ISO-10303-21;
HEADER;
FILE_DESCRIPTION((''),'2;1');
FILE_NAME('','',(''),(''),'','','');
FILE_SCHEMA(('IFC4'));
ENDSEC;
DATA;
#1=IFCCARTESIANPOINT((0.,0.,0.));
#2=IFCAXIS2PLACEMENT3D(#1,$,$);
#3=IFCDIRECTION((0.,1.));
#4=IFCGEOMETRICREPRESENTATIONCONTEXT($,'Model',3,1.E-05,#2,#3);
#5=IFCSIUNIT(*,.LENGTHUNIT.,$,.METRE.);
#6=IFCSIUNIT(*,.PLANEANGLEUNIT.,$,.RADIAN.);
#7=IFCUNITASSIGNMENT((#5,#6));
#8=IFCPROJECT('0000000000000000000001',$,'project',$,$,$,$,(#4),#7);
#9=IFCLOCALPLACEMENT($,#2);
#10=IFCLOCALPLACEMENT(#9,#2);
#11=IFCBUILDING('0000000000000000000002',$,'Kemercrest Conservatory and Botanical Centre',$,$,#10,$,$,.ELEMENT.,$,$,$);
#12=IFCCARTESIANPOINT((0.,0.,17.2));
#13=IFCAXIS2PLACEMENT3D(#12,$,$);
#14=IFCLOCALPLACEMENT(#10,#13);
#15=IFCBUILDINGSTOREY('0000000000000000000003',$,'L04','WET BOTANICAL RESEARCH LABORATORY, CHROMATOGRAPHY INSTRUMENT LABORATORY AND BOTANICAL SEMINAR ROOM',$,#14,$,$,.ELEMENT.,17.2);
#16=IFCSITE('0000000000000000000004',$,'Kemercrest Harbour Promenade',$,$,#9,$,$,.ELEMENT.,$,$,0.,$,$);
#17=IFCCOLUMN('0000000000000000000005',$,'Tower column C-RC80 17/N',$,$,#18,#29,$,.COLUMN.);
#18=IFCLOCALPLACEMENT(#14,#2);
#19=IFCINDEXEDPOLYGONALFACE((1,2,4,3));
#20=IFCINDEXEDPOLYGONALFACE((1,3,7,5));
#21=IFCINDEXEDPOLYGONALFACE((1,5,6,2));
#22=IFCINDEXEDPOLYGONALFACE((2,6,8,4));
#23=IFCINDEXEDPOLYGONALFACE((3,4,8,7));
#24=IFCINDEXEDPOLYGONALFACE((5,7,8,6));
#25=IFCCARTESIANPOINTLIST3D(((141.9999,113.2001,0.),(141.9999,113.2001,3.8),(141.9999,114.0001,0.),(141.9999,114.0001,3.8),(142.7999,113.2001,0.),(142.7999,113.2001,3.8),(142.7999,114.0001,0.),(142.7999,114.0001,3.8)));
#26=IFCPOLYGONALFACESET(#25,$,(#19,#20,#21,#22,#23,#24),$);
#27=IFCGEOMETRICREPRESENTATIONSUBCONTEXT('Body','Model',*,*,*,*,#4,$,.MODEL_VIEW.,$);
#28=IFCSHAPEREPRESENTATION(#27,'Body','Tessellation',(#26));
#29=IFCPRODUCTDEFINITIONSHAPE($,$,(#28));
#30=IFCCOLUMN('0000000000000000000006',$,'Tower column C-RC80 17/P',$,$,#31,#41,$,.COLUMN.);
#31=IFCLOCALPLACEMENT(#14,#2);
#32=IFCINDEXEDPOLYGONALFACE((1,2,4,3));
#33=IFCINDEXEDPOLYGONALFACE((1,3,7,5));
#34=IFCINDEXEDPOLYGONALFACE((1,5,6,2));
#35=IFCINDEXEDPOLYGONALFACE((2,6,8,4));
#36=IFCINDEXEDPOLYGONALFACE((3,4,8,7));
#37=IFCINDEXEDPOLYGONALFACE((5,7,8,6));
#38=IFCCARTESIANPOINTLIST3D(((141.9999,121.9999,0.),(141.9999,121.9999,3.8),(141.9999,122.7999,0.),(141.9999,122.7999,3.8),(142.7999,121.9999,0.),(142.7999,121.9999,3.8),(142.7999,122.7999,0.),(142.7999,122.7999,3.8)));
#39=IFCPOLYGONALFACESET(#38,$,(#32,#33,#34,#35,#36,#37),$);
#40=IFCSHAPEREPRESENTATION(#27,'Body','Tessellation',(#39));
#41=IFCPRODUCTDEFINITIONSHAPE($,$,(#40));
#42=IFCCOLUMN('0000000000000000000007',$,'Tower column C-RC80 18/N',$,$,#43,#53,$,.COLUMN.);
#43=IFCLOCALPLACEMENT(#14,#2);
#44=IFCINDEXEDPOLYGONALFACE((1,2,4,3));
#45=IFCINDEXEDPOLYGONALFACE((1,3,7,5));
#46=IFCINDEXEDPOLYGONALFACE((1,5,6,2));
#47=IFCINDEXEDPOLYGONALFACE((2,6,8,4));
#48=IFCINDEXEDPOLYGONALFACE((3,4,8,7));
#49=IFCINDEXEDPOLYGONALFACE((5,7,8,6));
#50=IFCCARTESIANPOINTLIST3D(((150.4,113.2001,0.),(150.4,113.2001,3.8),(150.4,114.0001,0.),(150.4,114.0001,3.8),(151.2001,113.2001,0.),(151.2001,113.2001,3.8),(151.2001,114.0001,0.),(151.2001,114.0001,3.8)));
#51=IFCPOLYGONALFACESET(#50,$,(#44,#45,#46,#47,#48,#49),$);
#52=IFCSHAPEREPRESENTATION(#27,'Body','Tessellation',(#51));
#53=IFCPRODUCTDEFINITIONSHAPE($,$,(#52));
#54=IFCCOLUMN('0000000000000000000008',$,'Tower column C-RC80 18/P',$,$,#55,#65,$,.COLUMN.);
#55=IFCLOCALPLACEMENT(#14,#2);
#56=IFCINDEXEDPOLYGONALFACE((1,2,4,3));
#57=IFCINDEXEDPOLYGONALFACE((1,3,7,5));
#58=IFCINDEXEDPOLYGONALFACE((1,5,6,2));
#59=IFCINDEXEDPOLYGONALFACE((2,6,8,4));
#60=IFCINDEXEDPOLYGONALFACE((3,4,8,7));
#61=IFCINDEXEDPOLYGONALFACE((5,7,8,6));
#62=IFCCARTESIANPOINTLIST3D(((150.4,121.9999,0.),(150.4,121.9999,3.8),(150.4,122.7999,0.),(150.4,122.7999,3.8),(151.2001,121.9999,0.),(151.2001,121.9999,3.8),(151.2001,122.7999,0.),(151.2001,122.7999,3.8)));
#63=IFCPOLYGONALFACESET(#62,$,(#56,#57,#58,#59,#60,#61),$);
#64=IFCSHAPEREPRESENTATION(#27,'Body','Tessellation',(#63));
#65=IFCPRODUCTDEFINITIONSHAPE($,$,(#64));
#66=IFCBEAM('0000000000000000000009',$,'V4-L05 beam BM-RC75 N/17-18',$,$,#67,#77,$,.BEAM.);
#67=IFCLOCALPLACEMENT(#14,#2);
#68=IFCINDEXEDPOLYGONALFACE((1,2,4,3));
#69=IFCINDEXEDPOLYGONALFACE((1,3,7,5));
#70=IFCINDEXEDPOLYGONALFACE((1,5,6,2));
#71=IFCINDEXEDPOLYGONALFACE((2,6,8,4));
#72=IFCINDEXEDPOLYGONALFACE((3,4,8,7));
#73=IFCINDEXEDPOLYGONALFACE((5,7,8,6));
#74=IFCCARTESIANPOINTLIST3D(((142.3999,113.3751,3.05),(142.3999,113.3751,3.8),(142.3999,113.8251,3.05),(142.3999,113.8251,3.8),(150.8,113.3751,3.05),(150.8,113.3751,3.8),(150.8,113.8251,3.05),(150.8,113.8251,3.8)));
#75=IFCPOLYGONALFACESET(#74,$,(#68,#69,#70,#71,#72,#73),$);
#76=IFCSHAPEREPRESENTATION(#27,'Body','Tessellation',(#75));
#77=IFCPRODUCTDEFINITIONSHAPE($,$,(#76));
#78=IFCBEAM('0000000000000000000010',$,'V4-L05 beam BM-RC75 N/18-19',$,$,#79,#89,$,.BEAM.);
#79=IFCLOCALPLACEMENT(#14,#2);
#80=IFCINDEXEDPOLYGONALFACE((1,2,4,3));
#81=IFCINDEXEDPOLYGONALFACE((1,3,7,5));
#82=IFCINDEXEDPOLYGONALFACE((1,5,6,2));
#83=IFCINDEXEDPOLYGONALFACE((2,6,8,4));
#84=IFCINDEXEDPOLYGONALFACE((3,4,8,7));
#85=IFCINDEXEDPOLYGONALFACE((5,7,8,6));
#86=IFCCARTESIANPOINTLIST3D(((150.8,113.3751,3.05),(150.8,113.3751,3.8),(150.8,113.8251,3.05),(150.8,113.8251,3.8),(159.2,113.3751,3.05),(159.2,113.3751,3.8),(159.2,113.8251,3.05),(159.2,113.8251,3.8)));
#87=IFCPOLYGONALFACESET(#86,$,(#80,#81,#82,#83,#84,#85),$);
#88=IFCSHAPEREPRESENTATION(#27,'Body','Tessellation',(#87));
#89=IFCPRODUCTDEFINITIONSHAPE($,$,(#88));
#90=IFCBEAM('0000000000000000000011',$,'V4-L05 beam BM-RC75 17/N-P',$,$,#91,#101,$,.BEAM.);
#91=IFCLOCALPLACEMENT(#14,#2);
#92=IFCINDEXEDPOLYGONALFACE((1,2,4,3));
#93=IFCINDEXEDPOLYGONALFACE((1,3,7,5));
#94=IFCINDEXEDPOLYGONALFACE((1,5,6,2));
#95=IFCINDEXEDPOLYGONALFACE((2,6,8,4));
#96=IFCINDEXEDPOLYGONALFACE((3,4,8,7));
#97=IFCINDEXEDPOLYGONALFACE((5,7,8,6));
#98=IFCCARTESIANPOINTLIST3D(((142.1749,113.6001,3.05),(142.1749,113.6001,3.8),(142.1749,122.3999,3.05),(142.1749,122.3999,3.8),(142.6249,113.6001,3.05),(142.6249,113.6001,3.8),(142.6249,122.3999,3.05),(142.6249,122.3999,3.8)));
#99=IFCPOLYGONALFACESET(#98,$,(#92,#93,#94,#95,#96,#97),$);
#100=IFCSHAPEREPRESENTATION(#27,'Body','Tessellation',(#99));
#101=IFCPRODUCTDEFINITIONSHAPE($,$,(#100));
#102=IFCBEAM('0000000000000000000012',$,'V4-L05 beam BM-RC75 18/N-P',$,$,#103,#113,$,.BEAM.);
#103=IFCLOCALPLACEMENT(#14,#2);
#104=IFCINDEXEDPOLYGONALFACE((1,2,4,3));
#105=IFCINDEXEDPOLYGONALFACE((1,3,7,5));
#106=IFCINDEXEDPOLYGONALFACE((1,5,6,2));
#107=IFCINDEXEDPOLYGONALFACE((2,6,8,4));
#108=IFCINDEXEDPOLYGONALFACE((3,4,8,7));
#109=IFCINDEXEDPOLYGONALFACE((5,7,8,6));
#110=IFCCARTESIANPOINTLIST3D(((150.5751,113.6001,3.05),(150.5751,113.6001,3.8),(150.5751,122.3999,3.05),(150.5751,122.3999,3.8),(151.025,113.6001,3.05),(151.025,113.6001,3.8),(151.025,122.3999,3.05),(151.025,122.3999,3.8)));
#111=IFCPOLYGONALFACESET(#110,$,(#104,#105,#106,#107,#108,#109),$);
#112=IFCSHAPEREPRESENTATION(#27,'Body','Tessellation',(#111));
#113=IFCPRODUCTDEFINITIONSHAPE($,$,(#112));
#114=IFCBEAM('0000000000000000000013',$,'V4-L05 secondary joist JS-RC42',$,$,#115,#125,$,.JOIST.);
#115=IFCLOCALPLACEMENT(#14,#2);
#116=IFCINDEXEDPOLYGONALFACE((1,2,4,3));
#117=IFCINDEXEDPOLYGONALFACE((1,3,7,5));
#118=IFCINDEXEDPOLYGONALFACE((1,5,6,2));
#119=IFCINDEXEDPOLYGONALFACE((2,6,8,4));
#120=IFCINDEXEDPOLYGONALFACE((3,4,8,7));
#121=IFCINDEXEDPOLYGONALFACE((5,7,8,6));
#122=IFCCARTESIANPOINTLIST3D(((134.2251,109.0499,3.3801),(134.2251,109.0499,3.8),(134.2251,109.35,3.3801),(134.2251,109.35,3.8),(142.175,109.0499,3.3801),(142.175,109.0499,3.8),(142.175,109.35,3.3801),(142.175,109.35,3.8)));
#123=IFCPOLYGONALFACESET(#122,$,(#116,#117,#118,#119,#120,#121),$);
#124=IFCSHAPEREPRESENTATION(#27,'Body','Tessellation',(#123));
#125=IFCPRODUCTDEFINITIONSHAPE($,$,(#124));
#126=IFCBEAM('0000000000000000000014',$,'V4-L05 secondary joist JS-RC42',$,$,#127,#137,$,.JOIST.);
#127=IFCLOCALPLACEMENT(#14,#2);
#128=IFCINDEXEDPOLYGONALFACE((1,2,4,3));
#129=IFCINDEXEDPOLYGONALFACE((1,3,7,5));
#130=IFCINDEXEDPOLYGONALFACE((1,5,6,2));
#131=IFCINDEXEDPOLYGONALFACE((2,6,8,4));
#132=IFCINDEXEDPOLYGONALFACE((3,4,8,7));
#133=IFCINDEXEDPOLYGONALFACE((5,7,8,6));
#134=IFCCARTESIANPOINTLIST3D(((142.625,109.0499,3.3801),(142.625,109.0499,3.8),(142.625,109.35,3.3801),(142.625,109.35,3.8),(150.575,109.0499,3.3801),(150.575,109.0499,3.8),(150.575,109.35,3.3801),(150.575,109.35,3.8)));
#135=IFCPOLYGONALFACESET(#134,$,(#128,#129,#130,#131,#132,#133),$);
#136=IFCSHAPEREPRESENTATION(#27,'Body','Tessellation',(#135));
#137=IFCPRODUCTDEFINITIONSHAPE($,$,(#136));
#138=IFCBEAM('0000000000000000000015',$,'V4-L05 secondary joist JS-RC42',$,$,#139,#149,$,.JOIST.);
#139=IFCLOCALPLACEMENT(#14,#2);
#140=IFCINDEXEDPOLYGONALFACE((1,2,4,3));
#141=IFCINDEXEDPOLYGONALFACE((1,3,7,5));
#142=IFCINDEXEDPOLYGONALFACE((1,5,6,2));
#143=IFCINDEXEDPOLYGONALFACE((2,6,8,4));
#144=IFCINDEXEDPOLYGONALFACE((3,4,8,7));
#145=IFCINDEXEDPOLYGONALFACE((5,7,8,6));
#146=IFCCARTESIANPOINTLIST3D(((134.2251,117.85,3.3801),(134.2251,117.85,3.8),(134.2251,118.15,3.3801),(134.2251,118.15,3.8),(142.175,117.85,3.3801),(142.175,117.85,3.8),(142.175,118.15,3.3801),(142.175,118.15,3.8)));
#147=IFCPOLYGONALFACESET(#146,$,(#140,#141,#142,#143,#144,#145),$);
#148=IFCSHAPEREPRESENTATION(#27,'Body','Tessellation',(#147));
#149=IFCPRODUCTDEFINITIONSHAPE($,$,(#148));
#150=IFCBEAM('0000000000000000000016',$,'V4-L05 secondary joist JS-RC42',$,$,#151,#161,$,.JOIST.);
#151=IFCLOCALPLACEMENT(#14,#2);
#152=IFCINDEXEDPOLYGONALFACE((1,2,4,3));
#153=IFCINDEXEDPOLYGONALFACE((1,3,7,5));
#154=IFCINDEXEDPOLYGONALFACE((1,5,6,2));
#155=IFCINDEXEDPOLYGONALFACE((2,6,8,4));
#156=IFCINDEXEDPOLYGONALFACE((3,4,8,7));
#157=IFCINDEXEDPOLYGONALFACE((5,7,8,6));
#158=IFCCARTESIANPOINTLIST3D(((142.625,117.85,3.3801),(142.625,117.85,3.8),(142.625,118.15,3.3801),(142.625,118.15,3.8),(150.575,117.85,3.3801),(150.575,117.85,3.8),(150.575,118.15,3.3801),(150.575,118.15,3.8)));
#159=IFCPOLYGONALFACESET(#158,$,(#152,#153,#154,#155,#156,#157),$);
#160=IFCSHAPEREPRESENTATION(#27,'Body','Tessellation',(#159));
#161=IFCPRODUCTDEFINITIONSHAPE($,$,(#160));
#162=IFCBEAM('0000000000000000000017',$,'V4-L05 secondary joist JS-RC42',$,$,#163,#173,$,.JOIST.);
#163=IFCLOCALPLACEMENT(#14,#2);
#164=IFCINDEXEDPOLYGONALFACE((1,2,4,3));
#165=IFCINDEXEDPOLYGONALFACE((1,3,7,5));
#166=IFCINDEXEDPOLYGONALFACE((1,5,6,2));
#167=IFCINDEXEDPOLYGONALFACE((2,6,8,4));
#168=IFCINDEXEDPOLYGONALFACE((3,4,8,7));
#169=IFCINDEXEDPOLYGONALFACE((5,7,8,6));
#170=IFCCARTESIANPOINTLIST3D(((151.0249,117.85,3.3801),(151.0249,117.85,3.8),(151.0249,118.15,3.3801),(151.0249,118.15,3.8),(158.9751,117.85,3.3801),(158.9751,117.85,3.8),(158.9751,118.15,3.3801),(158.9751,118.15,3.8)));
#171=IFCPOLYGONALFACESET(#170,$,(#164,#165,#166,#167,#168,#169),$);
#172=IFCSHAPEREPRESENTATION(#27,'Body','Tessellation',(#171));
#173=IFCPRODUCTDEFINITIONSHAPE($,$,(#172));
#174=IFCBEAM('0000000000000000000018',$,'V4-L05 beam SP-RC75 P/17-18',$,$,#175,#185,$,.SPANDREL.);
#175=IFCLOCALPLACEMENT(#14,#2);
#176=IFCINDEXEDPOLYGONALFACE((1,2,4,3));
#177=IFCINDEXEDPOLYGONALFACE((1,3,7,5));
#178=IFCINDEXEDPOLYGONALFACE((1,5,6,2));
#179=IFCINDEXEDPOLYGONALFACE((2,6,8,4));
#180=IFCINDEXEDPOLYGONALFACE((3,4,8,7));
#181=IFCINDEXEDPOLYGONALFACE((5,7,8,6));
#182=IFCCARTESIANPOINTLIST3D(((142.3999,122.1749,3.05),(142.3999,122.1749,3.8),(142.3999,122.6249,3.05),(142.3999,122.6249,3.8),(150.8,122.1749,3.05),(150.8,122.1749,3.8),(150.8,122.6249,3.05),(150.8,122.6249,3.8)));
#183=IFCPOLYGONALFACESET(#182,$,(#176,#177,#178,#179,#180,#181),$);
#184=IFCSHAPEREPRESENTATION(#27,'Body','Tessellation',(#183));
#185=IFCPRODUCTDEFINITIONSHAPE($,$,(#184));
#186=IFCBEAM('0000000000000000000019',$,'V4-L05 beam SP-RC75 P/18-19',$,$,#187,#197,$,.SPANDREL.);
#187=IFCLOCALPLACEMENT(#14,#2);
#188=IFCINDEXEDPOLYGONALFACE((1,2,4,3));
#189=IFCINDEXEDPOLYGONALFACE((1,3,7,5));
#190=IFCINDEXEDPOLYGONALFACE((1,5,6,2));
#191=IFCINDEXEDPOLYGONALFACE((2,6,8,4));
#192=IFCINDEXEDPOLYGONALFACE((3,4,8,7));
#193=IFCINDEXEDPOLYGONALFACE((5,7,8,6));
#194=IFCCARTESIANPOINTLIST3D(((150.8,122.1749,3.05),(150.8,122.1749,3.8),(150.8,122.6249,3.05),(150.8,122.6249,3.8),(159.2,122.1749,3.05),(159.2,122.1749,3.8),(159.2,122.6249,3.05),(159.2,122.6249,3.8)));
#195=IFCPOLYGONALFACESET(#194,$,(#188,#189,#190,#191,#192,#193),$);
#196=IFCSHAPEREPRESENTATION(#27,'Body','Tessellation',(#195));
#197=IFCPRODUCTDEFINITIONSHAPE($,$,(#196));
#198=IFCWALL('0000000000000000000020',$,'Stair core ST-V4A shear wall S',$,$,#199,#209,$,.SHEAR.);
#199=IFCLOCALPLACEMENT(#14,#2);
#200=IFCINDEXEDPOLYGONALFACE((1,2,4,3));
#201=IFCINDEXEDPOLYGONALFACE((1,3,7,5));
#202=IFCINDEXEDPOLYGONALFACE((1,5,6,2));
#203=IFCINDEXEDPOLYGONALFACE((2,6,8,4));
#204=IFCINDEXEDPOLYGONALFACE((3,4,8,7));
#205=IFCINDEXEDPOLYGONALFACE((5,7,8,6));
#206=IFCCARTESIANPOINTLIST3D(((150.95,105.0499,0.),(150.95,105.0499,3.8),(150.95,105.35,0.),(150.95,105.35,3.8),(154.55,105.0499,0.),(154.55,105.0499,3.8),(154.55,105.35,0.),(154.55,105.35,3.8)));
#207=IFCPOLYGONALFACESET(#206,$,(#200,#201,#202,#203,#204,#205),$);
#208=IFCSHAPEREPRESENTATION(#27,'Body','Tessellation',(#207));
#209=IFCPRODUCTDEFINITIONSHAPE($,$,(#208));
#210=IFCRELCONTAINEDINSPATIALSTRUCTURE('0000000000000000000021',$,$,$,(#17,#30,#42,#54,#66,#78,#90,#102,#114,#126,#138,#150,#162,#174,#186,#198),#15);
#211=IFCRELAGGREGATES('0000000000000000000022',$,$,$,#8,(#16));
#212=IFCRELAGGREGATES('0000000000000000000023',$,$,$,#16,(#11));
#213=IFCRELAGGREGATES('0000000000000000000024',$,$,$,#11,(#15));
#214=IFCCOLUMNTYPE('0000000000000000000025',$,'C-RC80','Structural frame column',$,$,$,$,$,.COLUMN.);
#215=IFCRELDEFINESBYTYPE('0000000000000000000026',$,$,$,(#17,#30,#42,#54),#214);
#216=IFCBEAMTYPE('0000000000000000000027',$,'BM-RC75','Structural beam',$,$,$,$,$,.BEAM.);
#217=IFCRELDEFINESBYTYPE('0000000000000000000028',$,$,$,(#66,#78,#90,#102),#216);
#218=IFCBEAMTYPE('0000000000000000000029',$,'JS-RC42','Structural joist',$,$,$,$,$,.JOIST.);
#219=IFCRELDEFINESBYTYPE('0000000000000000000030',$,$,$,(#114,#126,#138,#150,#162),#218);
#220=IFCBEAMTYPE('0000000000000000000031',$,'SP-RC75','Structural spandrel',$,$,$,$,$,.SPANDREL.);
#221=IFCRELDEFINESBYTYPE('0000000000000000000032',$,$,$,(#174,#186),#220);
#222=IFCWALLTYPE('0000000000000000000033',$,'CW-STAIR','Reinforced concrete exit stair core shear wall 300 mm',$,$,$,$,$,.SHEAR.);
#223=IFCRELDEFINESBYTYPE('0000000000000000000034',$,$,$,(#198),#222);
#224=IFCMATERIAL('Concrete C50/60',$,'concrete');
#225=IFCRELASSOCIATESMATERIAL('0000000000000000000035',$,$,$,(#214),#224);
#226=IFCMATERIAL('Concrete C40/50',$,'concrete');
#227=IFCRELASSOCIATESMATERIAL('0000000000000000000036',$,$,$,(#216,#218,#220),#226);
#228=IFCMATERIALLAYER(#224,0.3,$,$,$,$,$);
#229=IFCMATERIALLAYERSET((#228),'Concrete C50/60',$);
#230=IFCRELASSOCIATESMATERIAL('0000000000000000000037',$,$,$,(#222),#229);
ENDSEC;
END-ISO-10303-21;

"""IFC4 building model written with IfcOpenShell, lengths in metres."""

from ifc_helpers import new_model, si_unit, direction, frame, frame_2d, origin, origin_2d, place, context, subcontext, project, spatial, rectangle, extrude, material, layer, layer_set, material_profile, profile_set, type_object, element, save


model = new_model("IFC4")

# Units and contexts
model_context = context("Model", 3, precision=1e-05, world=origin(), true_north=direction((0.0, 1.0)))
body_context = subcontext(model_context, "Body", "Model", "MODEL_VIEW")
ifc_project = project(units=[si_unit("LENGTHUNIT", "METRE"), si_unit("PLANEANGLEUNIT", "RADIAN")], contexts=[model_context])

# Site, building, storey
site_placement = place(None, origin())
site = spatial("IfcSite", under=ifc_project, at=site_placement, Name="Kemercrest Harbour Promenade", CompositionType="ELEMENT", RefElevation=0.0)
building_placement = place(site_placement, origin())
building = spatial("IfcBuilding", under=site, at=building_placement, Name="Kemercrest Conservatory and Botanical Centre", CompositionType="ELEMENT")
storey_placement = place(building_placement, frame((0.0, 0.0, 17.2)))
storey = spatial("IfcBuildingStorey", under=building, at=storey_placement, Name="L04", Description="WET BOTANICAL RESEARCH LABORATORY, CHROMATOGRAPHY INSTRUMENT LABORATORY AND BOTANICAL SEMINAR ROOM", CompositionType="ELEMENT", Elevation=17.2)

# Columns
ifc_material_1 = material(Name="Concrete C50/60", Category="concrete")
ifc_material_profile_1 = material_profile(ifc_material_1, rectangle(XDim=0.8, YDim=0.8, at=origin_2d()), Name="RC 800x800")
ifc_profile_set_1 = profile_set([ifc_material_profile_1], Name="Concrete C50/60")
column_type = type_object("IfcColumnType", Name="C-RC80", Description="Structural frame column", PredefinedType="COLUMN", material=ifc_profile_set_1)
for number, where, z_axis, x_axis, name in (
    (1, (142.3999, 113.6001, 0.0), (0.0, 0.0, 1.0), (1.0, 0.0, 0.0), "Tower column C-RC80 17/N"),
    (2, (142.3999, 122.3999, 0.0), (0.0, 0.0, 1.0), (1.0, 0.0, 0.0), "Tower column C-RC80 17/P"),
    (3, (150.8, 113.6001, 0.0), (0.0, 0.0, 1.0), (1.0, 0.0, 0.0), "Tower column C-RC80 18/N"),
    (4, (150.8, 122.3999, 0.0), (0.0, 0.0, 1.0), (1.0, 0.0, 0.0), "Tower column C-RC80 18/P"),
):
    element("IfcColumn", number, at=place(storey_placement, frame(where, z_axis=z_axis, x_axis=x_axis)), inside=storey, type_object=column_type, Name=name, PredefinedType="COLUMN", context=body_context, shape_type="SweptSolid", body=[
        extrude(rectangle(XDim=0.8, YDim=0.8, at=origin_2d()), origin(), (0.0, 0.0, 1.0), 3.8),
    ])

# Beams
ifc_material_2 = material(Name="Concrete C40/50", Category="concrete")
ifc_material_profile_2 = material_profile(ifc_material_2, rectangle(XDim=0.45, YDim=0.75, at=origin_2d()), Name="RC 450x750")
ifc_profile_set_2 = profile_set([ifc_material_profile_2], Name="Concrete C40/50")
beam_type_1 = type_object("IfcBeamType", Name="BM-RC75", Description="Structural beam", PredefinedType="BEAM", material=ifc_profile_set_2)
beam_1_placement = place(storey_placement, frame((142.3999, 113.6001, 3.425), z_axis=(1.0, 0.0, 0.0), x_axis=(0.0, 1.0, 0.0)))
element("IfcBeam", 5, at=beam_1_placement, inside=storey, type_object=beam_type_1, Name="V4-L05 beam BM-RC75 N/17-18", PredefinedType="BEAM", context=body_context, shape_type="SweptSolid", body=[
    extrude(rectangle(XDim=0.45, YDim=0.75, at=origin_2d()), origin(), (0.0, 0.0, 1.0), 8.4001),
])
beam_2_placement = place(storey_placement, frame((150.8, 113.6001, 3.425), z_axis=(1.0, 0.0, 0.0), x_axis=(0.0, 1.0, 0.0)))
element("IfcBeam", 6, at=beam_2_placement, inside=storey, type_object=beam_type_1, Name="V4-L05 beam BM-RC75 N/18-19", PredefinedType="BEAM", context=body_context, shape_type="SweptSolid", body=[
    extrude(rectangle(XDim=0.45, YDim=0.75, at=origin_2d()), origin(), (0.0, 0.0, 1.0), 8.3999),
])
for number, where, z_axis, x_axis, name in (
    (7, (142.3999, 113.6001, 3.425), (0.0, 1.0, 0.0), (-1.0, 0.0, 0.0), "V4-L05 beam BM-RC75 17/N-P"),
    (8, (150.8, 113.6001, 3.425), (0.0, 1.0, 0.0), (-1.0, 0.0, 0.0), "V4-L05 beam BM-RC75 18/N-P"),
):
    element("IfcBeam", number, at=place(storey_placement, frame(where, z_axis=z_axis, x_axis=x_axis)), inside=storey, type_object=beam_type_1, Name=name, PredefinedType="BEAM", context=body_context, shape_type="SweptSolid", body=[
        extrude(rectangle(XDim=0.45, YDim=0.75, at=origin_2d()), origin(), (0.0, 0.0, 1.0), 8.7998),
    ])
ifc_material_profile_3 = material_profile(ifc_material_2, rectangle(XDim=0.3, YDim=0.4199, at=origin_2d()), Name="RC 300x420")
ifc_profile_set_3 = profile_set([ifc_material_profile_3], Name="Concrete C40/50")
beam_type_2 = type_object("IfcBeamType", Name="JS-RC42", Description="Structural joist", PredefinedType="JOIST", material=ifc_profile_set_3)
for number, where, z_axis, x_axis, name in (
    (9, (134.2251, 109.2, 3.5901), (1.0, 0.0, 0.0), (0.0, 1.0, 0.0), "V4-L05 secondary joist JS-RC42"),
    (10, (142.625, 109.2, 3.5901), (1.0, 0.0, 0.0), (0.0, 1.0, 0.0), "V4-L05 secondary joist JS-RC42"),
    (11, (134.2251, 118.0, 3.5901), (1.0, 0.0, 0.0), (0.0, 1.0, 0.0), "V4-L05 secondary joist JS-RC42"),
    (12, (142.625, 118.0, 3.5901), (1.0, 0.0, 0.0), (0.0, 1.0, 0.0), "V4-L05 secondary joist JS-RC42"),
):
    element("IfcBeam", number, at=place(storey_placement, frame(where, z_axis=z_axis, x_axis=x_axis)), inside=storey, type_object=beam_type_2, Name=name, PredefinedType="JOIST", context=body_context, shape_type="SweptSolid", body=[
        extrude(rectangle(XDim=0.3, YDim=0.4199, at=origin_2d()), origin(), (0.0, 0.0, 1.0), 7.95),
    ])
beam_3_placement = place(storey_placement, frame((151.0249, 118.0, 3.5901), z_axis=(1.0, 0.0, 0.0), x_axis=(0.0, 1.0, 0.0)))
element("IfcBeam", 13, at=beam_3_placement, inside=storey, type_object=beam_type_2, Name="V4-L05 secondary joist JS-RC42", PredefinedType="JOIST", context=body_context, shape_type="SweptSolid", body=[
    extrude(rectangle(XDim=0.3, YDim=0.4199, at=origin_2d()), origin(), (0.0, 0.0, 1.0), 7.9502),
])
ifc_material_profile_4 = material_profile(ifc_material_2, rectangle(XDim=0.45, YDim=0.75, at=origin_2d()), Name="RC 450x750")
ifc_profile_set_4 = profile_set([ifc_material_profile_4], Name="Concrete C40/50")
beam_type_3 = type_object("IfcBeamType", Name="SP-RC75", Description="Structural spandrel", PredefinedType="SPANDREL", material=ifc_profile_set_4)
beam_4_placement = place(storey_placement, frame((142.3999, 122.3999, 3.425), z_axis=(1.0, 0.0, 0.0), x_axis=(0.0, 1.0, 0.0)))
element("IfcBeam", 14, at=beam_4_placement, inside=storey, type_object=beam_type_3, Name="V4-L05 beam SP-RC75 P/17-18", PredefinedType="SPANDREL", context=body_context, shape_type="SweptSolid", body=[
    extrude(rectangle(XDim=0.45, YDim=0.75, at=origin_2d()), origin(), (0.0, 0.0, 1.0), 8.4001),
])
beam_5_placement = place(storey_placement, frame((150.8, 122.3999, 3.425), z_axis=(1.0, 0.0, 0.0), x_axis=(0.0, 1.0, 0.0)))
element("IfcBeam", 15, at=beam_5_placement, inside=storey, type_object=beam_type_3, Name="V4-L05 beam SP-RC75 P/18-19", PredefinedType="SPANDREL", context=body_context, shape_type="SweptSolid", body=[
    extrude(rectangle(XDim=0.45, YDim=0.75, at=origin_2d()), origin(), (0.0, 0.0, 1.0), 8.3999),
])

# Wall
ifc_layer_1 = layer(ifc_material_1, 0.3)
ifc_layer_set_1 = layer_set([ifc_layer_1], Name="Concrete C50/60")
wall_type_1 = type_object("IfcWallType", Name="CW-STAIR", Description="Reinforced concrete exit stair core shear wall 300 mm", PredefinedType="SHEAR", material=ifc_layer_set_1)
for number, where, z_axis, x_axis, name in (
    (16, (150.95, 105.2, 0.0), (0.0, 0.0, 1.0), (1.0, 0.0, 0.0), "Stair core ST-V4A shear wall S"),
):
    element("IfcWall", number, at=place(storey_placement, frame(where, z_axis=z_axis, x_axis=x_axis)), inside=storey, type_object=wall_type_1, Name=name, PredefinedType="SHEAR", context=body_context, shape_type="SweptSolid", body=[
        extrude(rectangle(XDim=3.6001, YDim=0.3, at=frame_2d((1.8, 0.0))), origin(), (0.0, 0.0, 1.0), 3.8),
    ])

save(model, "model.ifc")
